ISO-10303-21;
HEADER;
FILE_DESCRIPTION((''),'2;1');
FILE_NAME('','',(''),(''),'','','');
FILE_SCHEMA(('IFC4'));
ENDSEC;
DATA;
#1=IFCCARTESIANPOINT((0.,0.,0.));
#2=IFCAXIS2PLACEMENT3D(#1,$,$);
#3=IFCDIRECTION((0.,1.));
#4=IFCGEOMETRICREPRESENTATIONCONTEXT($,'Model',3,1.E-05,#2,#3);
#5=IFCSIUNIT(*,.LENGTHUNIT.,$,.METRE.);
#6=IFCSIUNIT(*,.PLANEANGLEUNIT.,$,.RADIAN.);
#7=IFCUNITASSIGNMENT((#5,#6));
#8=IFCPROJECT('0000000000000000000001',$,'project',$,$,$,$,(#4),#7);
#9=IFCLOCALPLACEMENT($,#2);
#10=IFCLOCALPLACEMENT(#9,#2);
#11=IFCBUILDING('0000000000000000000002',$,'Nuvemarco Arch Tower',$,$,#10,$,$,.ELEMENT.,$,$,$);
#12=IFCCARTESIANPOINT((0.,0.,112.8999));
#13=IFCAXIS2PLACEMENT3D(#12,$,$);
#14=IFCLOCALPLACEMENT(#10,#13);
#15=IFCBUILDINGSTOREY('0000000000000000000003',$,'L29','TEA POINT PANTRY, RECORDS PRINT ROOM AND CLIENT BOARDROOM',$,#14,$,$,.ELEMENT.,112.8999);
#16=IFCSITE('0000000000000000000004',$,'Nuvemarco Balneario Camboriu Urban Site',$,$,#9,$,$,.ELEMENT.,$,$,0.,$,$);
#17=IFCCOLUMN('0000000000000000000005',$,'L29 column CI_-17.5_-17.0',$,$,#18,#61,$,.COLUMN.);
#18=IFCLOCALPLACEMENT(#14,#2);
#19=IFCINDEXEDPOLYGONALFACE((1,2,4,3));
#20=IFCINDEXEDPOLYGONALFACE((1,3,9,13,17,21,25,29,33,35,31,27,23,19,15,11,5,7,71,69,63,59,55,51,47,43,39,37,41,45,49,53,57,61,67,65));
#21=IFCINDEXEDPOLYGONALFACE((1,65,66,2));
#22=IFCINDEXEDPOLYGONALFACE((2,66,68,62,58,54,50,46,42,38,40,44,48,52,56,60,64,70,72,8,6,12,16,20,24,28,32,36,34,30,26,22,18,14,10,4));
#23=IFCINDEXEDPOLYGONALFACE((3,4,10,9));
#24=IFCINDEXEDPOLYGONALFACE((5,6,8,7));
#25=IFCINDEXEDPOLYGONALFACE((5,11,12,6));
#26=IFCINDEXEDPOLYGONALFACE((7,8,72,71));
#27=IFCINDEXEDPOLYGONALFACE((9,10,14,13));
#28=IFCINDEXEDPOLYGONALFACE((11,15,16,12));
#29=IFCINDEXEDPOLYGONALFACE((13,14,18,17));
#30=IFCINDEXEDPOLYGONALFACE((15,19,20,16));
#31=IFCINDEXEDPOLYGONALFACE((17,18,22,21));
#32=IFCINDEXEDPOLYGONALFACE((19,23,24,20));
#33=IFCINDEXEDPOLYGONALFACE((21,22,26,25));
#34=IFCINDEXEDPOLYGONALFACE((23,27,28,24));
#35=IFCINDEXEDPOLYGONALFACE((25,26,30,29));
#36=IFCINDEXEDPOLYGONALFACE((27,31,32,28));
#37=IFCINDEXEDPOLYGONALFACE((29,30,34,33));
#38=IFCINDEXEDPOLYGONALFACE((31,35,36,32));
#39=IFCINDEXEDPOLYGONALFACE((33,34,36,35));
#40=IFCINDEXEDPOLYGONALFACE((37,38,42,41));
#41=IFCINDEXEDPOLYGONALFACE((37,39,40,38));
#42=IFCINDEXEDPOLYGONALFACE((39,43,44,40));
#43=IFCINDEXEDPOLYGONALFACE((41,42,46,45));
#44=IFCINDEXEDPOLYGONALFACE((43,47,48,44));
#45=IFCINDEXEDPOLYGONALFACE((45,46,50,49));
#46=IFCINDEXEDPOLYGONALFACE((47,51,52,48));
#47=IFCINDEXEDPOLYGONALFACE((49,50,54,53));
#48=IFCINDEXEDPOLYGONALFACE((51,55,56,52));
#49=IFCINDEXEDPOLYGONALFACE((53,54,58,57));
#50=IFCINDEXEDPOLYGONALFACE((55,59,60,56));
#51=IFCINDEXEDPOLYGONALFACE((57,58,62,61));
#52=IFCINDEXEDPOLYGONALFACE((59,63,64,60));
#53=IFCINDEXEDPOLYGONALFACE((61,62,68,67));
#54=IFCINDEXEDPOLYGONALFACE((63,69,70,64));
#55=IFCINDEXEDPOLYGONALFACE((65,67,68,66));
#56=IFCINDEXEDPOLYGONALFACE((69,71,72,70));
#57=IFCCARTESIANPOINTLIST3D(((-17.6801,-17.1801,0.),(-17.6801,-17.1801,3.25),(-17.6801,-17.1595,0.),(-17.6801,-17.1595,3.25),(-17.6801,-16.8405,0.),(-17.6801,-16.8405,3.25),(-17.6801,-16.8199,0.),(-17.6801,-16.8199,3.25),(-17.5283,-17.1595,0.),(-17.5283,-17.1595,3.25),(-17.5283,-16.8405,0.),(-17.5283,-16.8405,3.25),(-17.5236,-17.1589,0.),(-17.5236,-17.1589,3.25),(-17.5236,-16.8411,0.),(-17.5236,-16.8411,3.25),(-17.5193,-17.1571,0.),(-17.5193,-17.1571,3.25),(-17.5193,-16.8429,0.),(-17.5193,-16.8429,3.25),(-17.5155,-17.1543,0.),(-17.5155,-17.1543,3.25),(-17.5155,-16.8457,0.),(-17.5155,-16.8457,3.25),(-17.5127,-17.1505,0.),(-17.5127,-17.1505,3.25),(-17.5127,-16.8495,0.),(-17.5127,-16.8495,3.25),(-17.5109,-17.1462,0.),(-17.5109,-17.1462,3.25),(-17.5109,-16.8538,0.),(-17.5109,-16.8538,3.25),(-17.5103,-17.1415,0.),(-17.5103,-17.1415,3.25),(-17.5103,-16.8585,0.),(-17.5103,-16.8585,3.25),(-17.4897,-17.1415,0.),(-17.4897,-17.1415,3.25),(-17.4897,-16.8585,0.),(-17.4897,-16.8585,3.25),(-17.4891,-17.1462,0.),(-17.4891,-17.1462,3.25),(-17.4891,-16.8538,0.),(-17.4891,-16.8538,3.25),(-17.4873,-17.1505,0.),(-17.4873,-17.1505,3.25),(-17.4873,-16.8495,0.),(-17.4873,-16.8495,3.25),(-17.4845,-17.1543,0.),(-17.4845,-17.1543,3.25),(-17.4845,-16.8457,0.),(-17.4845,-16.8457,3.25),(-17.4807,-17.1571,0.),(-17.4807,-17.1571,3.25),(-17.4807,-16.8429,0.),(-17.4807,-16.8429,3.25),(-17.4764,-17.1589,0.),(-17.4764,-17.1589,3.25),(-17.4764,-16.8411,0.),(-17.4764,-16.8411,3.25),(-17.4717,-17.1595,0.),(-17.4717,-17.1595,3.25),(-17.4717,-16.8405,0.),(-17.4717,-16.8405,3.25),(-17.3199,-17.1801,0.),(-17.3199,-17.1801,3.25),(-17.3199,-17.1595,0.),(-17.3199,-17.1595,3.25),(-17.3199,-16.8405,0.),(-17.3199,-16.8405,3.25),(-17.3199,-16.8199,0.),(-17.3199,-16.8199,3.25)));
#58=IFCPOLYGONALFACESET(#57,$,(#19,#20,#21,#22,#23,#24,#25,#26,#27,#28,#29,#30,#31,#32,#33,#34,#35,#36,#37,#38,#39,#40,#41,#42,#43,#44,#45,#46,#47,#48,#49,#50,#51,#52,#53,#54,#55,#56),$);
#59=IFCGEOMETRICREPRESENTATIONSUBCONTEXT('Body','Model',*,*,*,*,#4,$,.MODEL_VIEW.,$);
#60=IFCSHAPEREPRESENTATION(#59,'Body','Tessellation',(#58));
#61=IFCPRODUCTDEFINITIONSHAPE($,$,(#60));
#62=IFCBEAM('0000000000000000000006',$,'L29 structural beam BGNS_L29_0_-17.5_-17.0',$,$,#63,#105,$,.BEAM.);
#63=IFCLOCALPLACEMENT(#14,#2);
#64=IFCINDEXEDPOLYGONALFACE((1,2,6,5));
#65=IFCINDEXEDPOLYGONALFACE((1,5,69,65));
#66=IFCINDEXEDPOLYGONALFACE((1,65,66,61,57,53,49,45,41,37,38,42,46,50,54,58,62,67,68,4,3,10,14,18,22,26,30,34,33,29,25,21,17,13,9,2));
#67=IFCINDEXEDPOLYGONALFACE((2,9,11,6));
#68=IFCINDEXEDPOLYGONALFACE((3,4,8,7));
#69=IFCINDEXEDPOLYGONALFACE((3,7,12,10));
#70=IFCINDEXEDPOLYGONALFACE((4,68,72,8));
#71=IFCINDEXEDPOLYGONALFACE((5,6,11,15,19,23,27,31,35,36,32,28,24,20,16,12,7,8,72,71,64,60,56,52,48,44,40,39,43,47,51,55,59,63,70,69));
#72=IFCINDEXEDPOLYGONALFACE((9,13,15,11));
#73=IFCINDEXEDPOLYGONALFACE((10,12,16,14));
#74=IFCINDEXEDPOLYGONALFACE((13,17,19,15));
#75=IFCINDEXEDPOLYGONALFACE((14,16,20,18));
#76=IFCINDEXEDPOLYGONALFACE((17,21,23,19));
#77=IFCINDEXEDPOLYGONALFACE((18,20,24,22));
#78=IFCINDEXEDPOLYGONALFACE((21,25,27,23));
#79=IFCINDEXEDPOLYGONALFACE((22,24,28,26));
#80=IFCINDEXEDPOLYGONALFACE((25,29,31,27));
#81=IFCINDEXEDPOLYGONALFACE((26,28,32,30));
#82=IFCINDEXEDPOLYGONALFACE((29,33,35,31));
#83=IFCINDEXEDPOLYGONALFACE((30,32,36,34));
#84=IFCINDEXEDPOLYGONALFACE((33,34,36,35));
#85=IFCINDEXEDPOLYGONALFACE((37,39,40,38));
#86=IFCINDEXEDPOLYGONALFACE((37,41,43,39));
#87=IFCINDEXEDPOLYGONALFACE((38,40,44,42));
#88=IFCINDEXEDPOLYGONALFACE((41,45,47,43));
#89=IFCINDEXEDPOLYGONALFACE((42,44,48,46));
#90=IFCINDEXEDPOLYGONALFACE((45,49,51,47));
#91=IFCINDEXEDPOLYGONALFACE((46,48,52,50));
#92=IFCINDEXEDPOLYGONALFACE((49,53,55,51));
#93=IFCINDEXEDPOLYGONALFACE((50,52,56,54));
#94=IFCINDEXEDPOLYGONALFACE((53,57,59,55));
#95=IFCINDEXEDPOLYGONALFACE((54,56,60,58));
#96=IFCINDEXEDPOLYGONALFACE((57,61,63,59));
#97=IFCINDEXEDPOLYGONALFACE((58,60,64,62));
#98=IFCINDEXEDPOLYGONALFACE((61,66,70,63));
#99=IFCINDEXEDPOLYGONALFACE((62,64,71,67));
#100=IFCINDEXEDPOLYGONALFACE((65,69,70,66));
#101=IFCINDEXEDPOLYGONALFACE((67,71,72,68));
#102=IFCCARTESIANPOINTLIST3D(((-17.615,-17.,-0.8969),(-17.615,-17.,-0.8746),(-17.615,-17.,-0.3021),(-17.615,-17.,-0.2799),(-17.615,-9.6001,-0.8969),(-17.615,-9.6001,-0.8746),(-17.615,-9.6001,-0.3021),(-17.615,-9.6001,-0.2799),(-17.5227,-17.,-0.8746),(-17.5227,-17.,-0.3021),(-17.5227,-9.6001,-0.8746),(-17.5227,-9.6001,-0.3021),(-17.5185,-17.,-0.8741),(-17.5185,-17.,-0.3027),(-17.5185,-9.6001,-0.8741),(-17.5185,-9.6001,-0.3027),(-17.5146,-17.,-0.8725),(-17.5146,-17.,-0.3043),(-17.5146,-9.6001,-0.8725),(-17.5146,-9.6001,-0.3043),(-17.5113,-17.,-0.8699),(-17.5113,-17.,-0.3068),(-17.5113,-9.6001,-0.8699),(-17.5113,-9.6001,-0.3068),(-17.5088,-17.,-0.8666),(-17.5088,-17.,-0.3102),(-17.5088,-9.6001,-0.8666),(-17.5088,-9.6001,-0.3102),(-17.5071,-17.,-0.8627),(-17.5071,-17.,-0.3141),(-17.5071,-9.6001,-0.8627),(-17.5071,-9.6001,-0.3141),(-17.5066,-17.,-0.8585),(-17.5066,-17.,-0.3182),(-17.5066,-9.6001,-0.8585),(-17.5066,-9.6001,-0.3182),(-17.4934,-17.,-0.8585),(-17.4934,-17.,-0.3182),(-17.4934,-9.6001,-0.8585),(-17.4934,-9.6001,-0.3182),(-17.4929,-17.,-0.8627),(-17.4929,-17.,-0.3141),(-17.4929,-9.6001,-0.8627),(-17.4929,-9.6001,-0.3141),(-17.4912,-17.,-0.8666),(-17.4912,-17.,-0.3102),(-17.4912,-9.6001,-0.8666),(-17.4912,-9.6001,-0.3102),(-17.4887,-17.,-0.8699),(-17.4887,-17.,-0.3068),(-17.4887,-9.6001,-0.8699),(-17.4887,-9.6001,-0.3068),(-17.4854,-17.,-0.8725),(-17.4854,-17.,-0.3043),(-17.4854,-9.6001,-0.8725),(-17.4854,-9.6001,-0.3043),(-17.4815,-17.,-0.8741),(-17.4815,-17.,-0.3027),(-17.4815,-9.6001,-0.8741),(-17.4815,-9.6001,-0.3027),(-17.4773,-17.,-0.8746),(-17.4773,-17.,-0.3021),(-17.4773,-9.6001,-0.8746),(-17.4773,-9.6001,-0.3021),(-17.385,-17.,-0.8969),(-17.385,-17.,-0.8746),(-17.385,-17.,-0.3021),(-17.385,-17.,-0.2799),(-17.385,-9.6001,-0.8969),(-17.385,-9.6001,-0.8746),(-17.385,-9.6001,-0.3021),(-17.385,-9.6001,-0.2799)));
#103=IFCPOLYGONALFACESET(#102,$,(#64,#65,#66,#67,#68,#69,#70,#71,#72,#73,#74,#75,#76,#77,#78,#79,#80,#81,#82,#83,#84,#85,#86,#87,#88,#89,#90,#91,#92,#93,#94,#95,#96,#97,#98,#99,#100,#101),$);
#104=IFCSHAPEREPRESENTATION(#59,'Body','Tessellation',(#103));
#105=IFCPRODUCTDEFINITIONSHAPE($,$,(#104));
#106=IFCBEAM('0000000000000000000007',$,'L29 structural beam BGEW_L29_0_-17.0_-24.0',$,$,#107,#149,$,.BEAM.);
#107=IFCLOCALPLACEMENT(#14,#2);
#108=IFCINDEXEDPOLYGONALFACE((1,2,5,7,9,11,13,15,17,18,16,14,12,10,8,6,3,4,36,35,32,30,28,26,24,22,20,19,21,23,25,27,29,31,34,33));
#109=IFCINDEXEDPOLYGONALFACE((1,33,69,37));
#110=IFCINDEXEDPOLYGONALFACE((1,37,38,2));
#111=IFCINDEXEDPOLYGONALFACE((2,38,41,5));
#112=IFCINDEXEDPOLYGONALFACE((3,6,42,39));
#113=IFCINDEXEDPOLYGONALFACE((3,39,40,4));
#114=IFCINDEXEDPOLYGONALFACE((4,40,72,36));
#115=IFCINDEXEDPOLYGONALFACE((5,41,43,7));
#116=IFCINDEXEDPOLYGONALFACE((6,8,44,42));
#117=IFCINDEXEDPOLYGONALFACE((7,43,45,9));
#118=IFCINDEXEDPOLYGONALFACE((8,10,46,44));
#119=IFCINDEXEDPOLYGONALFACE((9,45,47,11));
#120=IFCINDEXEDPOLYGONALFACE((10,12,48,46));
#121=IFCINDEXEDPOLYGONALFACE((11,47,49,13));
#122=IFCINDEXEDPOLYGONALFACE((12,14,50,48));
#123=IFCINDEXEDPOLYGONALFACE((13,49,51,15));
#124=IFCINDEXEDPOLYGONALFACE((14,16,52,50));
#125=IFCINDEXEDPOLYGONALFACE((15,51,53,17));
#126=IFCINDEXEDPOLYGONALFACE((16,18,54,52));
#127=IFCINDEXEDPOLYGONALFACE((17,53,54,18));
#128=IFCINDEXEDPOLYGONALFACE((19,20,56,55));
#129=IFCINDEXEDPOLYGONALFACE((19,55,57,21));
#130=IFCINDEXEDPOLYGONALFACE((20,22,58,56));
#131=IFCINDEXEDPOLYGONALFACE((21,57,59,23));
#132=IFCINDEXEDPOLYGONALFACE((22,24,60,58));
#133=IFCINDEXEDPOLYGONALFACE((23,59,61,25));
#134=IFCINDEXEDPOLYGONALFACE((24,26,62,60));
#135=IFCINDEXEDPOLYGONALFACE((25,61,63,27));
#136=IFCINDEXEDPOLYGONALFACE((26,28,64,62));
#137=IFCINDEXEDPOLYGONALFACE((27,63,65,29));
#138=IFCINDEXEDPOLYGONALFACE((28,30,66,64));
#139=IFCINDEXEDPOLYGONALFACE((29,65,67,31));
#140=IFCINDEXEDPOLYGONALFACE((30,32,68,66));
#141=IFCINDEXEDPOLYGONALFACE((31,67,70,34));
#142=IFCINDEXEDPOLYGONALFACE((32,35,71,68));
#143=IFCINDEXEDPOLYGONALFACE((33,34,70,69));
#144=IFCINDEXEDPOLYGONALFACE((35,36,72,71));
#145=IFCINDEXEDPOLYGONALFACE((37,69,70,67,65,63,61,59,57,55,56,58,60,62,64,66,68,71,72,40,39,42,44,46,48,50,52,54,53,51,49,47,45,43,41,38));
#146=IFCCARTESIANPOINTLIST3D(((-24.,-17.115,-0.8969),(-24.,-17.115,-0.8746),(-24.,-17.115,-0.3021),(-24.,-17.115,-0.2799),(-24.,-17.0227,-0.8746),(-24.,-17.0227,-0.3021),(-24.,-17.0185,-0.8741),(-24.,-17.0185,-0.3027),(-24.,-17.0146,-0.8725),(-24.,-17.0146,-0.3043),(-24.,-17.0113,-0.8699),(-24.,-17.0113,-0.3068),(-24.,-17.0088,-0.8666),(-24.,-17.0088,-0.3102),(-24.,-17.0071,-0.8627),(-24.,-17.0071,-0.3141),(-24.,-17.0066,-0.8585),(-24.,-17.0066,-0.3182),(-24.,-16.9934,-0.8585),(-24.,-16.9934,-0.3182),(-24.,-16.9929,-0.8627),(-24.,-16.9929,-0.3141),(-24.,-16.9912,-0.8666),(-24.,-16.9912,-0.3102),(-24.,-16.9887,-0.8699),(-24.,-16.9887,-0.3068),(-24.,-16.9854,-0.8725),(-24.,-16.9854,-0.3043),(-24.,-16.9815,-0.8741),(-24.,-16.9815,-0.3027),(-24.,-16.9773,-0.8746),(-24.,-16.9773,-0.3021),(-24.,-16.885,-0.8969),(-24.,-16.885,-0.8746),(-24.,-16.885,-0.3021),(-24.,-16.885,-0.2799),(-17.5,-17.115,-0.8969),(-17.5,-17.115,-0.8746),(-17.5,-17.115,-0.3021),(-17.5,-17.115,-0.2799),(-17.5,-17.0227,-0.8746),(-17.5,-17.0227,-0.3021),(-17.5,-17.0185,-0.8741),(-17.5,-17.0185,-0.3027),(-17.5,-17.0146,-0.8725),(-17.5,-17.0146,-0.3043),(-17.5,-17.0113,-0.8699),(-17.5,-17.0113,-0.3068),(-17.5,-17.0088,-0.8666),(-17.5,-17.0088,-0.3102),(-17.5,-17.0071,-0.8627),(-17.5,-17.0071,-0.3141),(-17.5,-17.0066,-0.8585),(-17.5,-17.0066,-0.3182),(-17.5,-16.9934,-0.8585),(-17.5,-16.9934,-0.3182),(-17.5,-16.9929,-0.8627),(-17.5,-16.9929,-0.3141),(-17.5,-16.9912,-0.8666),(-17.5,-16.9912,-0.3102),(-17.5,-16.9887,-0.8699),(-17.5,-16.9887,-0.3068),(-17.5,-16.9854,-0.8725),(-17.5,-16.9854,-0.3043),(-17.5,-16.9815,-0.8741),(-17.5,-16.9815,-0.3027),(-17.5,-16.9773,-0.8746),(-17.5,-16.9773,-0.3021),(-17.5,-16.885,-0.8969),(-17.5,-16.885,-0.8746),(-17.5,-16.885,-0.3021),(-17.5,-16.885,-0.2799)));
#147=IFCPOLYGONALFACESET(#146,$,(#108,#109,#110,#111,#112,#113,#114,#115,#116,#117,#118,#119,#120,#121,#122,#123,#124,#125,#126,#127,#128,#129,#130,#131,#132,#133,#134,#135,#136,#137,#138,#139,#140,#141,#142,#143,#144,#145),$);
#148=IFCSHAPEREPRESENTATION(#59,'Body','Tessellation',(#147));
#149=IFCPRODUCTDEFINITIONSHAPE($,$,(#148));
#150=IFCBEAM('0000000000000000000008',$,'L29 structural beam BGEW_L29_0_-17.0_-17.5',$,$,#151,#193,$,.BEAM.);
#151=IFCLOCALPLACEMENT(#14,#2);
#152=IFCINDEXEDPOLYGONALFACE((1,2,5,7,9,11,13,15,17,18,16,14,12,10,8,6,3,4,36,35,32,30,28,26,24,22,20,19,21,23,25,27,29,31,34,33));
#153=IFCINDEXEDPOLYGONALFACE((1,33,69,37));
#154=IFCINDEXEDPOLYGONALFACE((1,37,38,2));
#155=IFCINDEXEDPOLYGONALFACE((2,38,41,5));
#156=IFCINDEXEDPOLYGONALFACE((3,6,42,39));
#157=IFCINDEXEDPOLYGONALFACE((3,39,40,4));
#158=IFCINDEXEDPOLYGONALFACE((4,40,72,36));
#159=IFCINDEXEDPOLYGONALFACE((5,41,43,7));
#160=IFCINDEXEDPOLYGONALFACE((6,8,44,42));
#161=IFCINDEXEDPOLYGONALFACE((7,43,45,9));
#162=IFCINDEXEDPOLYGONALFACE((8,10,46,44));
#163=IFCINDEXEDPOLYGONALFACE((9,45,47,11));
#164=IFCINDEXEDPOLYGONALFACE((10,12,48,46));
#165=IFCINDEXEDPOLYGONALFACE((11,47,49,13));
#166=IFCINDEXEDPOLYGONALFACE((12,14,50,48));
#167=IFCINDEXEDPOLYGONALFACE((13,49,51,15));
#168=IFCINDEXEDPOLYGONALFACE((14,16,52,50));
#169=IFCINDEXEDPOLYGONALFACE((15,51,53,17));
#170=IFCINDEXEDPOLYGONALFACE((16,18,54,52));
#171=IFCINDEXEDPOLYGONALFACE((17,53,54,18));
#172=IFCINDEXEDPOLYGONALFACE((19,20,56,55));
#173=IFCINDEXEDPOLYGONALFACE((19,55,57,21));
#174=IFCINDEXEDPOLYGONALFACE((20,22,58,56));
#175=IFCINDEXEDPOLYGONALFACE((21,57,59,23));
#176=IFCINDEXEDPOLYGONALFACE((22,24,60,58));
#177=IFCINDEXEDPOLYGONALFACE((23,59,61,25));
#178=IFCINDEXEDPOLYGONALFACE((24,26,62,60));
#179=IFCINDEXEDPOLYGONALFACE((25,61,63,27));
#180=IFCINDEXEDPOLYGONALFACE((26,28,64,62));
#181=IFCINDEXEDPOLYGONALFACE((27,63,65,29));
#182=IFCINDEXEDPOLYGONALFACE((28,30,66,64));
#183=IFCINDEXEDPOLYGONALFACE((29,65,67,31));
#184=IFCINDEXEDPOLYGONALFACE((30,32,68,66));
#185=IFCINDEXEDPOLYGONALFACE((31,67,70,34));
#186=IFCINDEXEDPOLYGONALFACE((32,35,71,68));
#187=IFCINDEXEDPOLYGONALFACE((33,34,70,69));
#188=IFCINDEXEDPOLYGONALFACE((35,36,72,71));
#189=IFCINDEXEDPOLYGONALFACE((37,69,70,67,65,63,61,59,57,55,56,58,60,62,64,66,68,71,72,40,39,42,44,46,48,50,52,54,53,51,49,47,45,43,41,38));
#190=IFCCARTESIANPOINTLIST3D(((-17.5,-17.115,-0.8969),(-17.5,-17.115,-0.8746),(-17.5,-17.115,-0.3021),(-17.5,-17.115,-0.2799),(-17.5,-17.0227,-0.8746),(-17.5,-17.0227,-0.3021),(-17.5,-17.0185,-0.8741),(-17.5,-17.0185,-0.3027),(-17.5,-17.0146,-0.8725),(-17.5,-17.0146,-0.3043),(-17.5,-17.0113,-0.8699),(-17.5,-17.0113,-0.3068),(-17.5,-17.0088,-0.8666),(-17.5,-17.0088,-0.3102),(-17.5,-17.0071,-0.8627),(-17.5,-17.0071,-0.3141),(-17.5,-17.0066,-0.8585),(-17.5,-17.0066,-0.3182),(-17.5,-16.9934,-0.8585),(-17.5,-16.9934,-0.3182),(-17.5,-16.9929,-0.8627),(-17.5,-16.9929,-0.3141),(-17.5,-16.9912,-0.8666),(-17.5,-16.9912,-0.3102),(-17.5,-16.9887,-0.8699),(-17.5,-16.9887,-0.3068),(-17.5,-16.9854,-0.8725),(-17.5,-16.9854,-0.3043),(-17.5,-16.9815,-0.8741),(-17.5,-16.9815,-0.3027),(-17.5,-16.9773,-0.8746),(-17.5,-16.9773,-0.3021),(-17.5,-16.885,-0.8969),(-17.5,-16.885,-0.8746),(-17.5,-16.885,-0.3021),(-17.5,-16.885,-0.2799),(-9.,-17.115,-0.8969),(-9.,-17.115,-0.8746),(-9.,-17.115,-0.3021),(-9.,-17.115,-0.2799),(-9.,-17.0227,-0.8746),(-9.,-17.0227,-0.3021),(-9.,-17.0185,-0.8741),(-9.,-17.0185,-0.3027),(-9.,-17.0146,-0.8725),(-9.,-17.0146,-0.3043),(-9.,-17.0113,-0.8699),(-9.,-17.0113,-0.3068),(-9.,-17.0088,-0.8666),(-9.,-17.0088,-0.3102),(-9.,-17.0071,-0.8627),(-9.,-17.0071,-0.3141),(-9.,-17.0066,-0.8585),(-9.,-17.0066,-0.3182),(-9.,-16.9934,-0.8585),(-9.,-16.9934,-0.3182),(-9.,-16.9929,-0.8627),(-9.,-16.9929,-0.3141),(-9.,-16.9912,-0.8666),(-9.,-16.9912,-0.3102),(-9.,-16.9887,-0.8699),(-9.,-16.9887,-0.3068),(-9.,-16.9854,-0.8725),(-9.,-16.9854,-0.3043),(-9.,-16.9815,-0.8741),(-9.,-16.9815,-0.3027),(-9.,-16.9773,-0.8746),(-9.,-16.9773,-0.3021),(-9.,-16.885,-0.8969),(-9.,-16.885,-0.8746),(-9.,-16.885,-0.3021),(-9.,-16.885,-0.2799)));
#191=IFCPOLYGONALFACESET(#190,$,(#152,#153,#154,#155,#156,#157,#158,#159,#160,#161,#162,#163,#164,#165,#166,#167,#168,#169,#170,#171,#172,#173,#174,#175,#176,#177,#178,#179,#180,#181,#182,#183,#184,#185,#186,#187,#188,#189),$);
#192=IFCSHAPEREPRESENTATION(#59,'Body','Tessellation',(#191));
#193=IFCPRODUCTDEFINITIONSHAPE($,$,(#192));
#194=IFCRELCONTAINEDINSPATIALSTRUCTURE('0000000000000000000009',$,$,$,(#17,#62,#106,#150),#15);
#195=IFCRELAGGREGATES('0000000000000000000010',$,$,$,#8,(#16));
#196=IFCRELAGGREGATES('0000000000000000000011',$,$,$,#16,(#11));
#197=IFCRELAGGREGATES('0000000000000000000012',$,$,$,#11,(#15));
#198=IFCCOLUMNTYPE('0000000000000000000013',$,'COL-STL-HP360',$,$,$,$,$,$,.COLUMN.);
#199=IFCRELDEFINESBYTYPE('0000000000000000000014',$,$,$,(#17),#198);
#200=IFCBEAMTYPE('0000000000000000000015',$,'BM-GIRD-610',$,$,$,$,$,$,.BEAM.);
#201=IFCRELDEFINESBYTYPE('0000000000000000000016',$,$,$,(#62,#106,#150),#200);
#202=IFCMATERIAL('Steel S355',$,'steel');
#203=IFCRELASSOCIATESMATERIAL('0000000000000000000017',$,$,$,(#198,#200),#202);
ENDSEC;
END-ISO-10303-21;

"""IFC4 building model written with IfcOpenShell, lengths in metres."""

from ifc_helpers import new_model, si_unit, direction, frame, origin, origin_2d, place, context, subcontext, project, spatial, i_section, extrude, material, material_profile, profile_set, type_object, element, save


model = new_model("IFC4")

# Units and contexts
model_context = context("Model", 3, precision=1e-05, world=origin(), true_north=direction((0.0, 1.0)))
body_context = subcontext(model_context, "Body", "Model", "MODEL_VIEW")
ifc_project = project(units=[si_unit("LENGTHUNIT", "METRE"), si_unit("PLANEANGLEUNIT", "RADIAN")], contexts=[model_context])

# Site, building, storey
site_placement = place(None, origin())
site = spatial("IfcSite", under=ifc_project, at=site_placement, Name="Nuvemarco Balneario Camboriu Urban Site", CompositionType="ELEMENT", RefElevation=0.0)
building_placement = place(site_placement, origin())
building = spatial("IfcBuilding", under=site, at=building_placement, Name="Nuvemarco Arch Tower", CompositionType="ELEMENT")
storey_placement = place(building_placement, frame((0.0, 0.0, 112.8999)))
storey = spatial("IfcBuildingStorey", under=building, at=storey_placement, Name="L29", Description="TEA POINT PANTRY, RECORDS PRINT ROOM AND CLIENT BOARDROOM", CompositionType="ELEMENT", Elevation=112.8999)

# Column
ifc_material_1 = material(Name="Steel S355", Category="steel")
ifc_material_profile_1 = material_profile(ifc_material_1, i_section(OverallWidth=0.3601, OverallDepth=0.3601, WebThickness=0.0205, FlangeThickness=0.0205, FilletRadius=0.0181, at=origin_2d()), Name="HP360x174")
ifc_profile_set_1 = profile_set([ifc_material_profile_1], Name="Steel S355")
column_type = type_object("IfcColumnType", Name="COL-STL-HP360", PredefinedType="COLUMN", material=ifc_profile_set_1)
column_placement = place(storey_placement, frame((-17.5, -17.0, 0.0), z_axis=(0.0, 0.0, 1.0), x_axis=(1.0, 0.0, 0.0)))
element("IfcColumn", 1, at=column_placement, inside=storey, type_object=column_type, Name="L29 column CI_-17.5_-17.0", PredefinedType="COLUMN", context=body_context, shape_type="SweptSolid", body=[
    extrude(i_section(OverallWidth=0.3601, OverallDepth=0.3601, WebThickness=0.0205, FlangeThickness=0.0205, FilletRadius=0.0181, at=origin_2d()), origin(), (0.0, 0.0, 1.0), 3.25),
])

# Beams
ifc_material_profile_2 = material_profile(ifc_material_1, i_section(OverallWidth=0.23, OverallDepth=0.6169, WebThickness=0.0132, FlangeThickness=0.0222, FilletRadius=0.0161, at=origin_2d()), Name="W610x140")
ifc_profile_set_2 = profile_set([ifc_material_profile_2], Name="Steel S355")
beam_type_1 = type_object("IfcBeamType", Name="BM-GIRD-610", PredefinedType="BEAM", material=ifc_profile_set_2)
beam_1_placement = place(storey_placement, frame((-17.5, -17.0, -0.5884), z_axis=(0.0, 1.0, 0.0), x_axis=(-1.0, 0.0, 0.0)))
element("IfcBeam", 2, at=beam_1_placement, inside=storey, type_object=beam_type_1, Name="L29 structural beam BGNS_L29_0_-17.5_-17.0", PredefinedType="BEAM", context=body_context, shape_type="SweptSolid", body=[
    extrude(i_section(OverallWidth=0.23, OverallDepth=0.6169, WebThickness=0.0132, FlangeThickness=0.0222, FilletRadius=0.0161, at=origin_2d()), origin(), (0.0, 0.0, 1.0), 7.3999),
])
beam_2_placement = place(storey_placement, frame((-24.0, -17.0, -0.5884), z_axis=(1.0, 0.0, 0.0), x_axis=(0.0, 1.0, 0.0)))
element("IfcBeam", 3, at=beam_2_placement, inside=storey, type_object=beam_type_1, Name="L29 structural beam BGEW_L29_0_-17.0_-24.0", PredefinedType="BEAM", context=body_context, shape_type="SweptSolid", body=[
    extrude(i_section(OverallWidth=0.23, OverallDepth=0.6169, WebThickness=0.0132, FlangeThickness=0.0222, FilletRadius=0.0161, at=origin_2d()), origin(), (0.0, 0.0, 1.0), 6.5),
])
beam_3_placement = place(storey_placement, frame((-17.5, -17.0, -0.5884), z_axis=(1.0, 0.0, 0.0), x_axis=(0.0, 1.0, 0.0)))
element("IfcBeam", 4, at=beam_3_placement, inside=storey, type_object=beam_type_1, Name="L29 structural beam BGEW_L29_0_-17.0_-17.5", PredefinedType="BEAM", context=body_context, shape_type="SweptSolid", body=[
    extrude(i_section(OverallWidth=0.23, OverallDepth=0.6169, WebThickness=0.0132, FlangeThickness=0.0222, FilletRadius=0.0161, at=origin_2d()), origin(), (0.0, 0.0, 1.0), 8.5),
])

save(model, "model.ifc")
